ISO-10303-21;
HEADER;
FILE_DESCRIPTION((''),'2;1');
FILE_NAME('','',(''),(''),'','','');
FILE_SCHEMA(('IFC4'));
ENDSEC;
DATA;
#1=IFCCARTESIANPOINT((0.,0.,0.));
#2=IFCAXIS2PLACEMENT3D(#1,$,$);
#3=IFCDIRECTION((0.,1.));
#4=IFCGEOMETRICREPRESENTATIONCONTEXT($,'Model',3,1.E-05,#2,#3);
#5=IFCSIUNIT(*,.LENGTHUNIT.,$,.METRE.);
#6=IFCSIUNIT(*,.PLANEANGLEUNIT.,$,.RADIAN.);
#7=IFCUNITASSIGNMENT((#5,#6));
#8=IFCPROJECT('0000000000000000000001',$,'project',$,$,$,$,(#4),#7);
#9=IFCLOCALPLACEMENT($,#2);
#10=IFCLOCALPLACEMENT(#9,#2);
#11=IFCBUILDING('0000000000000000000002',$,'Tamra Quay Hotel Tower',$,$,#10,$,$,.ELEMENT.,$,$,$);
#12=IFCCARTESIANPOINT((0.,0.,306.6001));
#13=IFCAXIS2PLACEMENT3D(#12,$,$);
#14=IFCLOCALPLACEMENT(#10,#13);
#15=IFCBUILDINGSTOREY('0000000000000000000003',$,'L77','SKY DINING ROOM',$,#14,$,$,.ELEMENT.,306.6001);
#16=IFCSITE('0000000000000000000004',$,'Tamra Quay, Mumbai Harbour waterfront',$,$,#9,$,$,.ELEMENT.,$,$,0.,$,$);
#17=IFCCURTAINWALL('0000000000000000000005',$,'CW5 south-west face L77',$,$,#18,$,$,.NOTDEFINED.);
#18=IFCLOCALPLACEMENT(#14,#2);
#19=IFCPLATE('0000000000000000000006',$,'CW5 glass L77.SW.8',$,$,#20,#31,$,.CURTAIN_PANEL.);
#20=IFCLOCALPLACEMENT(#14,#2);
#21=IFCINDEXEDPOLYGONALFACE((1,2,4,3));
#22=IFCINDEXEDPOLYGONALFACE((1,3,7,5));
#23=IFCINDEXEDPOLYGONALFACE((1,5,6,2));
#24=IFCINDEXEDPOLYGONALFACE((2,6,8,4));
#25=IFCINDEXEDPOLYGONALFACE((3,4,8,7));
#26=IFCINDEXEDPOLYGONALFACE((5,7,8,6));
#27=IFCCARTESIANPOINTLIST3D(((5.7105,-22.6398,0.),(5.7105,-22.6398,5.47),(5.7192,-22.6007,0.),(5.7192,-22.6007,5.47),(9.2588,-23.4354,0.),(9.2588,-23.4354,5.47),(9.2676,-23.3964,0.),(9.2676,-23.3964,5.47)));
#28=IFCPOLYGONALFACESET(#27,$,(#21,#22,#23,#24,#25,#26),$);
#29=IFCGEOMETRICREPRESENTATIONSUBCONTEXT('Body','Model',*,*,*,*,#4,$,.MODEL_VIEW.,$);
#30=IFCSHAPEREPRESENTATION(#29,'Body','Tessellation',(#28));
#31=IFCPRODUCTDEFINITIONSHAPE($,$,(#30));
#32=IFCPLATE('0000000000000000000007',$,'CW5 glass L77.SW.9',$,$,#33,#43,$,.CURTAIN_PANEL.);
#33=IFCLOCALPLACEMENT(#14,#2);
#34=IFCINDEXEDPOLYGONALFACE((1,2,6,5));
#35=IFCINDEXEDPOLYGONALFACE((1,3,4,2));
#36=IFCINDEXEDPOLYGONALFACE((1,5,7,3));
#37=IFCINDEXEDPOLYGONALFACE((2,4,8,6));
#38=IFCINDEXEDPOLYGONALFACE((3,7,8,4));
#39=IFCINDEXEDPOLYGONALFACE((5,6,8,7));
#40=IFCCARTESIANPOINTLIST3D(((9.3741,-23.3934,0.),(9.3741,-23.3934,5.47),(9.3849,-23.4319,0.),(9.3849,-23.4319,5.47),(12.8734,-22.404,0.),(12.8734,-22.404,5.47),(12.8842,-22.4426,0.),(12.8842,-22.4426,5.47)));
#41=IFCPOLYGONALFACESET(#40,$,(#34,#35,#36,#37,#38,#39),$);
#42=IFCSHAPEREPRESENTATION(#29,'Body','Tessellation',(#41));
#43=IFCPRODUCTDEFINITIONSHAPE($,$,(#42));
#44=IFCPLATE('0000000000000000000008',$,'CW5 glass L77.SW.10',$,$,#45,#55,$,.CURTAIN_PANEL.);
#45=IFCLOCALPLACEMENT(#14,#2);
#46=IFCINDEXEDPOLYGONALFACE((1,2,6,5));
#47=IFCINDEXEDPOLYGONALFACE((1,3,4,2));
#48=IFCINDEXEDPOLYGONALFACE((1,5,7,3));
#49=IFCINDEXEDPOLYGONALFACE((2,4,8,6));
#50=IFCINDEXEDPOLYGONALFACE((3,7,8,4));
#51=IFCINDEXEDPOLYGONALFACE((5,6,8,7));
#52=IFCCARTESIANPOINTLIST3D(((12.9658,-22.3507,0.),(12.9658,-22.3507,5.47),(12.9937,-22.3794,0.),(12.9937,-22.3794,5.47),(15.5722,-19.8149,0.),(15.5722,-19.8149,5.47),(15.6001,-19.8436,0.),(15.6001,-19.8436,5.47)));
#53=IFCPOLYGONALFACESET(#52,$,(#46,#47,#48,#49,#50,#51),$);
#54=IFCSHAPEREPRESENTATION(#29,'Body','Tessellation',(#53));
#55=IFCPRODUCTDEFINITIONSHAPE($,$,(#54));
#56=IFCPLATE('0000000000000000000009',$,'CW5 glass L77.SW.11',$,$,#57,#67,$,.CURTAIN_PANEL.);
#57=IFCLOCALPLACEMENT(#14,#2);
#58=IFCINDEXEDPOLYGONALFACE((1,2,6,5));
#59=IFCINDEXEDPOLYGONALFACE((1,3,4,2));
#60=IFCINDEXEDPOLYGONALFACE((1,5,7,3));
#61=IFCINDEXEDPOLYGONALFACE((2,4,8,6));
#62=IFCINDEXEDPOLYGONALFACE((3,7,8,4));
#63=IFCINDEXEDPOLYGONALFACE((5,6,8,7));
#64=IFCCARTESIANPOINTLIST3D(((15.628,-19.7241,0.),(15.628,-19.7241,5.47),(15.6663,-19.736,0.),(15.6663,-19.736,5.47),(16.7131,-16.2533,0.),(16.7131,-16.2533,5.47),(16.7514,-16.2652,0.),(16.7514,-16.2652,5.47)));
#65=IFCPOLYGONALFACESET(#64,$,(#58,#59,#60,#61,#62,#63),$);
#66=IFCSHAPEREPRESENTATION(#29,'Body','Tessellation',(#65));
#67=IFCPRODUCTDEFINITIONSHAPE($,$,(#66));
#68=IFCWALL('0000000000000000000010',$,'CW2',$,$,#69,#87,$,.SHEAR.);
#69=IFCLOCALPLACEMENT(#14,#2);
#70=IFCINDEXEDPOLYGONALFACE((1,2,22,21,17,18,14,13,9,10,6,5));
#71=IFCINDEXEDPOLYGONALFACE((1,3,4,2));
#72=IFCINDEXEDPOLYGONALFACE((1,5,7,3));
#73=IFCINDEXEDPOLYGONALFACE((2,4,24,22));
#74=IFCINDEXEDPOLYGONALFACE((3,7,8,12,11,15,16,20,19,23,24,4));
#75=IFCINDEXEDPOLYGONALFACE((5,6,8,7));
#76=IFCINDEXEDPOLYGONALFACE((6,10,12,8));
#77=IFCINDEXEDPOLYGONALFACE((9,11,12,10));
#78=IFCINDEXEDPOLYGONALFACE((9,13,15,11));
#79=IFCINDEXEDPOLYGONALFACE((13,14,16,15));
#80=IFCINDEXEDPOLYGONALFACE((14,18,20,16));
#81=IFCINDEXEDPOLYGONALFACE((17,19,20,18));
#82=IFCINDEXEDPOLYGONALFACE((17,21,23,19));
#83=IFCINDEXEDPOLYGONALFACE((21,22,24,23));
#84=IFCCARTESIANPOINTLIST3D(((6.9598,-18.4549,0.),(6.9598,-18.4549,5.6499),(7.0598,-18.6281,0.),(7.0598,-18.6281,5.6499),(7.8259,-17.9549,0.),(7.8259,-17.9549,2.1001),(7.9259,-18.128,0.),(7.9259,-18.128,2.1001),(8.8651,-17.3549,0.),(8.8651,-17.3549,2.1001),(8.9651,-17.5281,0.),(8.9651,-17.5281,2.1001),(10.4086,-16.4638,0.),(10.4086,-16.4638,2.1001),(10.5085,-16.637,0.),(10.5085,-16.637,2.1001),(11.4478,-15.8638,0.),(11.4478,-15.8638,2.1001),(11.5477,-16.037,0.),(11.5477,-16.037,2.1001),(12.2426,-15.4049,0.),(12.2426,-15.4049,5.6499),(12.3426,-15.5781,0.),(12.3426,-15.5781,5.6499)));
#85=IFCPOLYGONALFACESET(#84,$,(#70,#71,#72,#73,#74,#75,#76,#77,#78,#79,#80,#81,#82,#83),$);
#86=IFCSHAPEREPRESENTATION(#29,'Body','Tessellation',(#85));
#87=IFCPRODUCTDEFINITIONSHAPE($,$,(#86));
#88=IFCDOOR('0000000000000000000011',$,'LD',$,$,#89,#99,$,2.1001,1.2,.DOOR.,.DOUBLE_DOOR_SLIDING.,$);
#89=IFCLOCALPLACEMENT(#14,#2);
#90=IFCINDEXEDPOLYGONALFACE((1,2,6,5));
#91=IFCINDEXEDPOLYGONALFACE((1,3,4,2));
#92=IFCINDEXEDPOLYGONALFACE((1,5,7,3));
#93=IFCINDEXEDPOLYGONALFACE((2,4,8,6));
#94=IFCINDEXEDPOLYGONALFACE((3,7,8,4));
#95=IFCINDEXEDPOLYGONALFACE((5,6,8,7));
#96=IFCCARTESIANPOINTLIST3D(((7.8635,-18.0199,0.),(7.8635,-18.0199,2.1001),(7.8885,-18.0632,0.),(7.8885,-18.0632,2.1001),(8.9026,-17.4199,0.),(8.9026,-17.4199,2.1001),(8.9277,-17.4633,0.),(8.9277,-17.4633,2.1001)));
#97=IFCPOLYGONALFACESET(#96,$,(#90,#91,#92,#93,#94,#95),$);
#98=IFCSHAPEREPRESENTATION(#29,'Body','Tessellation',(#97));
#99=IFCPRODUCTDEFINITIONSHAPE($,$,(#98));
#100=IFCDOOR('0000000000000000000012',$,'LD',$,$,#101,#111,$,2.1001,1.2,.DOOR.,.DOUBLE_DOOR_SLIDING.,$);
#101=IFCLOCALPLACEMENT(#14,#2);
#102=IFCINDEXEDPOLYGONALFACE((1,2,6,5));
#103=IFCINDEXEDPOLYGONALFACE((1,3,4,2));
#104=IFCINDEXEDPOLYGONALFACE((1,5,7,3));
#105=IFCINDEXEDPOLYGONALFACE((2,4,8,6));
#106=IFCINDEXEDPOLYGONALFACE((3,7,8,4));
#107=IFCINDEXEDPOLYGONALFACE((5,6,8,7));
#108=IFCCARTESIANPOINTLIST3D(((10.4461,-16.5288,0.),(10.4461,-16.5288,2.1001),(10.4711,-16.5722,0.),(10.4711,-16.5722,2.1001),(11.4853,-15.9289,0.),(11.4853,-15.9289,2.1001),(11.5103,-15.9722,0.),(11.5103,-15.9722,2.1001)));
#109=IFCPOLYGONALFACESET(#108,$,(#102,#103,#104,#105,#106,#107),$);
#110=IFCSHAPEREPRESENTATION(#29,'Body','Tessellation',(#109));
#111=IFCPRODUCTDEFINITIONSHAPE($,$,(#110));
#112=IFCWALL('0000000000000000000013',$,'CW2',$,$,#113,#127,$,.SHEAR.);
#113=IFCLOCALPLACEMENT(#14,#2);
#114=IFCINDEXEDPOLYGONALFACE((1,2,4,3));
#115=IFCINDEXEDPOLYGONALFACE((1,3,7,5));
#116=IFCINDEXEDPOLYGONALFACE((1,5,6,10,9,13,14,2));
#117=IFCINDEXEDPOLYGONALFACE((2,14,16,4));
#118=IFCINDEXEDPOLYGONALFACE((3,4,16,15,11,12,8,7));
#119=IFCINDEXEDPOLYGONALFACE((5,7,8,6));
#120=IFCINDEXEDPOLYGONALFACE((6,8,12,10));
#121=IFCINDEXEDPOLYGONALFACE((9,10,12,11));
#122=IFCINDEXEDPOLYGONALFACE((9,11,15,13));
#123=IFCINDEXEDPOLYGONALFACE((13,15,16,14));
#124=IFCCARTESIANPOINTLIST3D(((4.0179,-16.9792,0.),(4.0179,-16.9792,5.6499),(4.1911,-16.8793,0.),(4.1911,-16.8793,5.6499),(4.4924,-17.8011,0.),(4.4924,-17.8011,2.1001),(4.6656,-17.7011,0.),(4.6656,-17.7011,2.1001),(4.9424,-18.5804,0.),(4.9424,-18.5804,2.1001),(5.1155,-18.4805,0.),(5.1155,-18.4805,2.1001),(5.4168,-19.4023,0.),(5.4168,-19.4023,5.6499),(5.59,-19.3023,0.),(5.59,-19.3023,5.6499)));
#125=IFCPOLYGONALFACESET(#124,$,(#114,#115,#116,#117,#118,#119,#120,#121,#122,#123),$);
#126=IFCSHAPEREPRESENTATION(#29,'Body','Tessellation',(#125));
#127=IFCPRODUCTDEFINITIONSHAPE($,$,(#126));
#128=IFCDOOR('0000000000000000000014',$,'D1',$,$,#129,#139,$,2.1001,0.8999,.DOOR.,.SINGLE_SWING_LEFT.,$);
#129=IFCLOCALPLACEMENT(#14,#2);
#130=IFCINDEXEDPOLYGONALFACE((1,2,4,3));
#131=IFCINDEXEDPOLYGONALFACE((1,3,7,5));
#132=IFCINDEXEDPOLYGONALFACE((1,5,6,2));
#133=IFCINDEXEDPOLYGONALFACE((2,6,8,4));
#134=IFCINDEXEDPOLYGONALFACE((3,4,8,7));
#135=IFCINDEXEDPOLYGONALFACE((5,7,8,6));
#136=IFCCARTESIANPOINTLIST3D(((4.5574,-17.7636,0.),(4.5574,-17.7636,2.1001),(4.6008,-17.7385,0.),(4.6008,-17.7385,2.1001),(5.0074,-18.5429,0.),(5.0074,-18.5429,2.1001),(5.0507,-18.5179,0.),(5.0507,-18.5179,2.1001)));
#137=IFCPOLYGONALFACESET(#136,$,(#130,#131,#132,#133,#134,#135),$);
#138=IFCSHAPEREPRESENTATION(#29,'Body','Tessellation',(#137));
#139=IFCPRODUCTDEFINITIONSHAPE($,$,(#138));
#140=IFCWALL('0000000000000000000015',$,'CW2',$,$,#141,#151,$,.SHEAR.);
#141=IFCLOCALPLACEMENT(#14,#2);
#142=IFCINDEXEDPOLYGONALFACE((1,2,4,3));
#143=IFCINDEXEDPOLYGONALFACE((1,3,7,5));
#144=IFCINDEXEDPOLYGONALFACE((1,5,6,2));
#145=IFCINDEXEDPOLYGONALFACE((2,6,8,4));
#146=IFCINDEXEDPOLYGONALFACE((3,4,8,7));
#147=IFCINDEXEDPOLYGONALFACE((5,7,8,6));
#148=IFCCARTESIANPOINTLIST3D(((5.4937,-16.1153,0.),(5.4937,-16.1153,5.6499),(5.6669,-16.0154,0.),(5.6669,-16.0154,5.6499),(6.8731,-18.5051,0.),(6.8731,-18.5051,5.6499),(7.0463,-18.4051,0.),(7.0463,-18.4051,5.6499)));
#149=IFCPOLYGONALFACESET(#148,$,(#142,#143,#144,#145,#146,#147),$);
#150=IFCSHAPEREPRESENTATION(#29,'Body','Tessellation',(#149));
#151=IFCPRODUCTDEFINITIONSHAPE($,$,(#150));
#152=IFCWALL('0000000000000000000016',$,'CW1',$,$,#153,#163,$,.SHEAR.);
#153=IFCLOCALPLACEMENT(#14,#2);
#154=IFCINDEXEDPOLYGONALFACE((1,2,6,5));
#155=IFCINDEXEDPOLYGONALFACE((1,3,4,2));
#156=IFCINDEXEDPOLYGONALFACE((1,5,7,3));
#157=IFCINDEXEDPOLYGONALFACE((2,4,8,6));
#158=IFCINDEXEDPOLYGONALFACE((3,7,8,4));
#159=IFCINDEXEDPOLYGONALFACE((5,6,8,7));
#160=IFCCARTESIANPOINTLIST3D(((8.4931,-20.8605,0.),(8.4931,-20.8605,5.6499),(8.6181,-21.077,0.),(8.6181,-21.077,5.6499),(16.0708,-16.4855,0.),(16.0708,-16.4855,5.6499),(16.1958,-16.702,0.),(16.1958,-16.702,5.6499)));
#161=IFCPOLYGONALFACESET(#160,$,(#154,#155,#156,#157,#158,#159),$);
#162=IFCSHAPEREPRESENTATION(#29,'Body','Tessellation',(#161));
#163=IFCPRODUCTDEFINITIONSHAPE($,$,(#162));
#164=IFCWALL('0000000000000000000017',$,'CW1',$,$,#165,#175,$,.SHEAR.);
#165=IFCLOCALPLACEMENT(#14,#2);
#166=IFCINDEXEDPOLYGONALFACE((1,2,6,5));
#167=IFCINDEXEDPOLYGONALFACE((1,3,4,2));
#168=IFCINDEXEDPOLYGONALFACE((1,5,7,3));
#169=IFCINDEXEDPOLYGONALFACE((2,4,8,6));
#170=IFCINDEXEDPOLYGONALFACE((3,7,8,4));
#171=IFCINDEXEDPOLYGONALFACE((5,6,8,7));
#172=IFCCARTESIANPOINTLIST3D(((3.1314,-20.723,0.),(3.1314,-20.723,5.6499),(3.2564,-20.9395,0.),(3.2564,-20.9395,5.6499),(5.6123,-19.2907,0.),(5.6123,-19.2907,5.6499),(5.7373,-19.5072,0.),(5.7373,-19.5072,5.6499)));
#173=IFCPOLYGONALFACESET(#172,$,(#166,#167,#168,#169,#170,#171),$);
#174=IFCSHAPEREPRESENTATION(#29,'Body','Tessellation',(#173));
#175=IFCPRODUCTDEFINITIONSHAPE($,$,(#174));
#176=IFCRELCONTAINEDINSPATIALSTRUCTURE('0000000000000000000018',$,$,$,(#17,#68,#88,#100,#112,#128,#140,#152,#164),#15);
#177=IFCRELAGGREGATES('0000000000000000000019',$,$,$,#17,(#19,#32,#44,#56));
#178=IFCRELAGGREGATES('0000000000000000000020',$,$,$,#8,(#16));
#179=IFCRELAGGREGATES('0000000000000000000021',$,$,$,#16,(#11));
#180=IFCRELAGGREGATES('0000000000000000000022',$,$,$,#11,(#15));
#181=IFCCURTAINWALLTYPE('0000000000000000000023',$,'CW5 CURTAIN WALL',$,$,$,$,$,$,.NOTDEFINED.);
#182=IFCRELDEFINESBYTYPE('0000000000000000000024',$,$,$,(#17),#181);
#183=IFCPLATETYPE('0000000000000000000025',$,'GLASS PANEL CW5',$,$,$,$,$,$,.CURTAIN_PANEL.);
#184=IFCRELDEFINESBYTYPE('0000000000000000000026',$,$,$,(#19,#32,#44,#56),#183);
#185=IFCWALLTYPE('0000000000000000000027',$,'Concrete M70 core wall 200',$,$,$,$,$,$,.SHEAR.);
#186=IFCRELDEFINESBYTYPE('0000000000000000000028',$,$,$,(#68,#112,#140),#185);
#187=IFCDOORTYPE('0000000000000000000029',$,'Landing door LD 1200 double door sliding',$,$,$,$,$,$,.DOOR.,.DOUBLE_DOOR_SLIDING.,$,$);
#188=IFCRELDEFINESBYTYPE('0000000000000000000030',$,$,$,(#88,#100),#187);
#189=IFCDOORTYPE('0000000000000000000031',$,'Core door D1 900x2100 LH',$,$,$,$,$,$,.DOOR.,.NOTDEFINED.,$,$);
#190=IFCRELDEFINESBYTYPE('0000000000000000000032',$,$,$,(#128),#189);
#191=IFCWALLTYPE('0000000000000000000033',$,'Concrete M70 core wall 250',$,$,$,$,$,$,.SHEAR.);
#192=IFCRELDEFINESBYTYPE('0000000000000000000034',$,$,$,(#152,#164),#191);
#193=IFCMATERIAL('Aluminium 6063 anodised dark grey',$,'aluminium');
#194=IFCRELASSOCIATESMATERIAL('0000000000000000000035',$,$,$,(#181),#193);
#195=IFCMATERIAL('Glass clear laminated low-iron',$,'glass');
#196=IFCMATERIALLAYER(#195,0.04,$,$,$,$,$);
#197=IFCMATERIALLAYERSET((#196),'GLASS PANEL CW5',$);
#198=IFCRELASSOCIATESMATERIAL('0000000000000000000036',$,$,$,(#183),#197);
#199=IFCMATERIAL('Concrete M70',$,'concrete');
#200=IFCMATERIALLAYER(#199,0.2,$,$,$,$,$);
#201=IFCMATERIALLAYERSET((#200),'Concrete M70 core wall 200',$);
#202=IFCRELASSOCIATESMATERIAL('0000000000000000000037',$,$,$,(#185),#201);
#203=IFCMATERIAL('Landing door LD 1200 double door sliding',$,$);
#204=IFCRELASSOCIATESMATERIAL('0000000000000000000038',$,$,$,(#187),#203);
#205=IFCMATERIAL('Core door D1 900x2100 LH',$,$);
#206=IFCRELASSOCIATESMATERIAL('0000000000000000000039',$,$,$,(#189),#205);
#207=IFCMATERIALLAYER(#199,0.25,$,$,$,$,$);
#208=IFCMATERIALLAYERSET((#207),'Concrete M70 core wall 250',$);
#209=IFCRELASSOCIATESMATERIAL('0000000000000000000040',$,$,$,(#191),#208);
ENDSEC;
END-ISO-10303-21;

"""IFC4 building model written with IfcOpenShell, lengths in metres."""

from ifc_helpers import new_model, si_unit, direction, frame, frame_2d, origin, origin_2d, place, context, subcontext, project, spatial, rectangle, extrude, material, layer, layer_set, type_object, element, fill, aggregate, save


model = new_model("IFC4")

# Units and contexts
model_context = context("Model", 3, precision=1e-05, world=origin(), true_north=direction((0.0, 1.0)))
body_context = subcontext(model_context, "Body", "Model", "MODEL_VIEW")
ifc_project = project(units=[si_unit("LENGTHUNIT", "METRE"), si_unit("PLANEANGLEUNIT", "RADIAN")], contexts=[model_context])

# Site, building, storey
site_placement = place(None, origin())
site = spatial("IfcSite", under=ifc_project, at=site_placement, Name="Tamra Quay, Mumbai Harbour waterfront", CompositionType="ELEMENT", RefElevation=0.0)
building_placement = place(site_placement, origin())
building = spatial("IfcBuilding", under=site, at=building_placement, Name="Tamra Quay Hotel Tower", CompositionType="ELEMENT")
storey_placement = place(building_placement, frame((0.0, 0.0, 306.6001)))
storey = spatial("IfcBuildingStorey", under=building, at=storey_placement, Name="L77", Description="SKY DINING ROOM", CompositionType="ELEMENT", Elevation=306.6001)

# Shared definitions
ifc_material_1 = material(Name="Concrete M70", Category="concrete")

# Shared definitions
ifc_material_2 = material(Name="Aluminium 6063 anodised dark grey", Category="aluminium")
curtain_wall_type = type_object("IfcCurtainWallType", Name="CW5 CURTAIN WALL", PredefinedType="NOTDEFINED", material=ifc_material_2)

# Curtain wall
curtain_wall_1_placement = place(storey_placement, origin())
curtain_wall_1 = element("IfcCurtainWall", 1, at=curtain_wall_1_placement, inside=storey, type_object=curtain_wall_type, Name="CW5 south-west face L77", PredefinedType="NOTDEFINED")

# Plates
ifc_material_3 = material(Name="Glass clear laminated low-iron", Category="glass")
ifc_layer_1 = layer(ifc_material_3, 0.04)
ifc_layer_set_1 = layer_set([ifc_layer_1], Name="GLASS PANEL CW5")
plate_type = type_object("IfcPlateType", Name="GLASS PANEL CW5", PredefinedType="CURTAIN_PANEL", material=ifc_layer_set_1)
plate_1_placement = place(storey_placement, frame((7.489, -23.0181, 0.0), z_axis=(0.0, 0.0, 1.0), x_axis=(0.975768, -0.218806, 0.0)))
plate_1 = element("IfcPlate", 2, at=plate_1_placement, type_object=plate_type, Name="CW5 glass L77.SW.8", PredefinedType="CURTAIN_PANEL", context=body_context, shape_type="SweptSolid", body=[
    extrude(rectangle(XDim=3.6365, YDim=0.04, at=origin_2d()), origin(), (0.0, 0.0, 1.0), 5.47),
])
plate_2_placement = place(storey_placement, frame((11.1292, -22.918, 0.0), z_axis=(0.0, 0.0, 1.0), x_axis=(0.96228, 0.272062, 0.0)))
plate_2 = element("IfcPlate", 3, at=plate_2_placement, type_object=plate_type, Name="CW5 glass L77.SW.9", PredefinedType="CURTAIN_PANEL", context=body_context, shape_type="SweptSolid", body=[
    extrude(rectangle(XDim=3.6365, YDim=0.04, at=origin_2d()), origin(), (0.0, 0.0, 1.0), 5.47),
])
plate_3_placement = place(storey_placement, frame((14.283, -21.0972, 0.0), z_axis=(0.0, 0.0, 1.0), x_axis=(0.716753, 0.697327, 0.0)))
plate_3 = element("IfcPlate", 4, at=plate_3_placement, type_object=plate_type, Name="CW5 glass L77.SW.10", PredefinedType="CURTAIN_PANEL", context=body_context, shape_type="SweptSolid", body=[
    extrude(rectangle(XDim=3.6365, YDim=0.04, at=origin_2d()), origin(), (0.0, 0.0, 1.0), 5.47),
])
plate_4_placement = place(storey_placement, frame((16.1897, -17.9946, 0.0), z_axis=(0.0, 0.0, 1.0), x_axis=(0.298392, 0.954443, 0.0)))
plate_4 = element("IfcPlate", 5, at=plate_4_placement, type_object=plate_type, Name="CW5 glass L77.SW.11", PredefinedType="CURTAIN_PANEL", context=body_context, shape_type="SweptSolid", body=[
    extrude(rectangle(XDim=3.6365, YDim=0.04, at=origin_2d()), origin(), (0.0, 0.0, 1.0), 5.47),
])
aggregate(curtain_wall_1, [plate_1, plate_2, plate_3, plate_4])

# Wall, openings, doors
ifc_layer_2 = layer(ifc_material_1, 0.2)
ifc_layer_set_2 = layer_set([ifc_layer_2], Name="Concrete M70 core wall 200")
wall_type_1 = type_object("IfcWallType", Name="Concrete M70 core wall 200", PredefinedType="SHEAR", material=ifc_layer_set_2)
wall_1_placement = place(storey_placement, frame((7.0098, -18.5415, 0.0), z_axis=(0.0, 0.0, 1.0), x_axis=(0.86603, 0.499992, 0.0)))
wall_1 = element("IfcWall", 6, at=wall_1_placement, inside=storey, type_object=wall_type_1, Name="CW2", PredefinedType="SHEAR", context=body_context, shape_type="SweptSolid", body=[
    extrude(rectangle(XDim=6.1001, YDim=0.2, at=frame_2d((3.05, 0.0))), origin(), (0.0, 0.0, 1.0), 5.6499),
])
opening_1_placement = place(wall_1_placement, frame((1.0, 0.0, 0.0)))
opening_1 = element("IfcOpeningElement", 7, at=opening_1_placement, cuts=wall_1, PredefinedType="OPENING", context=body_context, shape_type="SweptSolid", body=[
    extrude(rectangle(XDim=1.2, YDim=2.1001, at=frame_2d((0.6001, 1.05))), frame((0.0, 0.1099, 0.0), z_axis=(0.0, -1.0, 0.0), x_axis=(1.0, 0.0, 0.0)), (0.0, 0.0, 1.0), 0.22),
])
opening_2_placement = place(wall_1_placement, frame((3.9822, 0.0, 0.0)))
opening_2 = element("IfcOpeningElement", 8, at=opening_2_placement, cuts=wall_1, PredefinedType="OPENING", context=body_context, shape_type="SweptSolid", body=[
    extrude(rectangle(XDim=1.2, YDim=2.1001, at=frame_2d((0.6001, 1.05))), frame((0.0, 0.1099, 0.0), z_axis=(0.0, -1.0, 0.0), x_axis=(1.0, 0.0, 0.0)), (0.0, 0.0, 1.0), 0.22),
])
ifc_material_4 = material(Name="Landing door LD 1200 double door sliding")
door_type_1 = type_object("IfcDoorType", Name="Landing door LD 1200 double door sliding", OperationType="DOUBLE_DOOR_SLIDING", PredefinedType="DOOR", material=ifc_material_4)
door_1_placement = place(opening_1_placement, origin())
door_1 = element("IfcDoor", 9, at=door_1_placement, inside=storey, type_object=door_type_1, Name="LD", OperationType="DOUBLE_DOOR_SLIDING", OverallHeight=2.1001, OverallWidth=1.2, PredefinedType="DOOR", context=body_context, shape_type="SweptSolid", body=[
    extrude(rectangle(XDim=1.2, YDim=2.1001, at=frame_2d((0.6001, 1.05))), frame((0.0, 0.0249, 0.0), z_axis=(0.0, -1.0, 0.0), x_axis=(1.0, 0.0, 0.0)), (0.0, 0.0, 1.0), 0.05),
])
fill(opening_1, door_1)
door_2_placement = place(opening_2_placement, origin())
door_2 = element("IfcDoor", 10, at=door_2_placement, inside=storey, type_object=door_type_1, Name="LD", OperationType="DOUBLE_DOOR_SLIDING", OverallHeight=2.1001, OverallWidth=1.2, PredefinedType="DOOR", context=body_context, shape_type="SweptSolid", body=[
    extrude(rectangle(XDim=1.2, YDim=2.1001, at=frame_2d((0.6001, 1.05))), frame((0.0, 0.0249, 0.0), z_axis=(0.0, -1.0, 0.0), x_axis=(1.0, 0.0, 0.0)), (0.0, 0.0, 1.0), 0.05),
])
fill(opening_2, door_2)

# Wall, opening, door
wall_2_placement = place(storey_placement, frame((5.5034, -19.3523, 0.0), z_axis=(0.0, 0.0, 1.0), x_axis=(-0.499987, 0.866033, 0.0)))
wall_2 = element("IfcWall", 11, at=wall_2_placement, inside=storey, type_object=wall_type_1, Name="CW2", PredefinedType="SHEAR", context=body_context, shape_type="SweptSolid", body=[
    extrude(rectangle(XDim=2.7979, YDim=0.2, at=frame_2d((1.3989, 0.0))), origin(), (0.0, 0.0, 1.0), 5.6499),
])
opening_3_placement = place(wall_2_placement, frame((0.949, 0.0, 0.0)))
opening_3 = element("IfcOpeningElement", 12, at=opening_3_placement, cuts=wall_2, PredefinedType="OPENING", context=body_context, shape_type="SweptSolid", body=[
    extrude(rectangle(XDim=0.8999, YDim=2.1001, at=frame_2d((0.45, 1.05))), frame((0.0, 0.1099, 0.0), z_axis=(0.0, -1.0, 0.0), x_axis=(1.0, 0.0, 0.0)), (0.0, 0.0, 1.0), 0.22),
])
ifc_material_5 = material(Name="Core door D1 900x2100 LH")
door_type_2 = type_object("IfcDoorType", Name="Core door D1 900x2100 LH", OperationType="NOTDEFINED", PredefinedType="DOOR", material=ifc_material_5)
door_3_placement = place(opening_3_placement, origin())
door_3 = element("IfcDoor", 13, at=door_3_placement, inside=storey, type_object=door_type_2, Name="D1", OperationType="SINGLE_SWING_LEFT", OverallHeight=2.1001, OverallWidth=0.8999, PredefinedType="DOOR", context=body_context, shape_type="SweptSolid", body=[
    extrude(rectangle(XDim=0.8999, YDim=2.1001, at=frame_2d((0.45, 1.05))), frame((0.0, 0.0249, 0.0), z_axis=(0.0, -1.0, 0.0), x_axis=(1.0, 0.0, 0.0)), (0.0, 0.0, 1.0), 0.05),
])
fill(opening_3, door_3)

# Walls
wall_3_placement = place(storey_placement, frame((6.9597, -18.4551, 0.0), z_axis=(0.0, 0.0, 1.0), x_axis=(-0.499927, 0.866068, 0.0)))
element("IfcWall", 14, at=wall_3_placement, inside=storey, type_object=wall_type_1, Name="CW2", PredefinedType="SHEAR", context=body_context, shape_type="SweptSolid", body=[
    extrude(rectangle(XDim=2.7593, YDim=0.2, at=frame_2d((1.3796, 0.0))), origin(), (0.0, 0.0, 1.0), 5.6499),
])
ifc_layer_3 = layer(ifc_material_1, 0.25)
ifc_layer_set_3 = layer_set([ifc_layer_3], Name="Concrete M70 core wall 250")
wall_type_2 = type_object("IfcWallType", Name="Concrete M70 core wall 250", PredefinedType="SHEAR", material=ifc_layer_set_3)
wall_4_placement = place(storey_placement, frame((16.1333, -16.5938, 0.0), z_axis=(0.0, 0.0, 1.0), x_axis=(-0.866023, -0.500004, 0.0)))
element("IfcWall", 15, at=wall_4_placement, inside=storey, type_object=wall_type_2, Name="CW1", PredefinedType="SHEAR", context=body_context, shape_type="SweptSolid", body=[
    extrude(rectangle(XDim=8.75, YDim=0.25, at=frame_2d((4.375, 0.0))), origin(), (0.0, 0.0, 1.0), 5.6499),
])
wall_5_placement = place(storey_placement, frame((5.6748, -19.3989, 0.0), z_axis=(0.0, 0.0, 1.0), x_axis=(-0.866027, -0.499998, 0.0)))
element("IfcWall", 16, at=wall_5_placement, inside=storey, type_object=wall_type_2, Name="CW1", PredefinedType="SHEAR", context=body_context, shape_type="SweptSolid", body=[
    extrude(rectangle(XDim=2.8647, YDim=0.25, at=frame_2d((1.4324, 0.0))), origin(), (0.0, 0.0, 1.0), 5.6499),
])

save(model, "model.ifc")
